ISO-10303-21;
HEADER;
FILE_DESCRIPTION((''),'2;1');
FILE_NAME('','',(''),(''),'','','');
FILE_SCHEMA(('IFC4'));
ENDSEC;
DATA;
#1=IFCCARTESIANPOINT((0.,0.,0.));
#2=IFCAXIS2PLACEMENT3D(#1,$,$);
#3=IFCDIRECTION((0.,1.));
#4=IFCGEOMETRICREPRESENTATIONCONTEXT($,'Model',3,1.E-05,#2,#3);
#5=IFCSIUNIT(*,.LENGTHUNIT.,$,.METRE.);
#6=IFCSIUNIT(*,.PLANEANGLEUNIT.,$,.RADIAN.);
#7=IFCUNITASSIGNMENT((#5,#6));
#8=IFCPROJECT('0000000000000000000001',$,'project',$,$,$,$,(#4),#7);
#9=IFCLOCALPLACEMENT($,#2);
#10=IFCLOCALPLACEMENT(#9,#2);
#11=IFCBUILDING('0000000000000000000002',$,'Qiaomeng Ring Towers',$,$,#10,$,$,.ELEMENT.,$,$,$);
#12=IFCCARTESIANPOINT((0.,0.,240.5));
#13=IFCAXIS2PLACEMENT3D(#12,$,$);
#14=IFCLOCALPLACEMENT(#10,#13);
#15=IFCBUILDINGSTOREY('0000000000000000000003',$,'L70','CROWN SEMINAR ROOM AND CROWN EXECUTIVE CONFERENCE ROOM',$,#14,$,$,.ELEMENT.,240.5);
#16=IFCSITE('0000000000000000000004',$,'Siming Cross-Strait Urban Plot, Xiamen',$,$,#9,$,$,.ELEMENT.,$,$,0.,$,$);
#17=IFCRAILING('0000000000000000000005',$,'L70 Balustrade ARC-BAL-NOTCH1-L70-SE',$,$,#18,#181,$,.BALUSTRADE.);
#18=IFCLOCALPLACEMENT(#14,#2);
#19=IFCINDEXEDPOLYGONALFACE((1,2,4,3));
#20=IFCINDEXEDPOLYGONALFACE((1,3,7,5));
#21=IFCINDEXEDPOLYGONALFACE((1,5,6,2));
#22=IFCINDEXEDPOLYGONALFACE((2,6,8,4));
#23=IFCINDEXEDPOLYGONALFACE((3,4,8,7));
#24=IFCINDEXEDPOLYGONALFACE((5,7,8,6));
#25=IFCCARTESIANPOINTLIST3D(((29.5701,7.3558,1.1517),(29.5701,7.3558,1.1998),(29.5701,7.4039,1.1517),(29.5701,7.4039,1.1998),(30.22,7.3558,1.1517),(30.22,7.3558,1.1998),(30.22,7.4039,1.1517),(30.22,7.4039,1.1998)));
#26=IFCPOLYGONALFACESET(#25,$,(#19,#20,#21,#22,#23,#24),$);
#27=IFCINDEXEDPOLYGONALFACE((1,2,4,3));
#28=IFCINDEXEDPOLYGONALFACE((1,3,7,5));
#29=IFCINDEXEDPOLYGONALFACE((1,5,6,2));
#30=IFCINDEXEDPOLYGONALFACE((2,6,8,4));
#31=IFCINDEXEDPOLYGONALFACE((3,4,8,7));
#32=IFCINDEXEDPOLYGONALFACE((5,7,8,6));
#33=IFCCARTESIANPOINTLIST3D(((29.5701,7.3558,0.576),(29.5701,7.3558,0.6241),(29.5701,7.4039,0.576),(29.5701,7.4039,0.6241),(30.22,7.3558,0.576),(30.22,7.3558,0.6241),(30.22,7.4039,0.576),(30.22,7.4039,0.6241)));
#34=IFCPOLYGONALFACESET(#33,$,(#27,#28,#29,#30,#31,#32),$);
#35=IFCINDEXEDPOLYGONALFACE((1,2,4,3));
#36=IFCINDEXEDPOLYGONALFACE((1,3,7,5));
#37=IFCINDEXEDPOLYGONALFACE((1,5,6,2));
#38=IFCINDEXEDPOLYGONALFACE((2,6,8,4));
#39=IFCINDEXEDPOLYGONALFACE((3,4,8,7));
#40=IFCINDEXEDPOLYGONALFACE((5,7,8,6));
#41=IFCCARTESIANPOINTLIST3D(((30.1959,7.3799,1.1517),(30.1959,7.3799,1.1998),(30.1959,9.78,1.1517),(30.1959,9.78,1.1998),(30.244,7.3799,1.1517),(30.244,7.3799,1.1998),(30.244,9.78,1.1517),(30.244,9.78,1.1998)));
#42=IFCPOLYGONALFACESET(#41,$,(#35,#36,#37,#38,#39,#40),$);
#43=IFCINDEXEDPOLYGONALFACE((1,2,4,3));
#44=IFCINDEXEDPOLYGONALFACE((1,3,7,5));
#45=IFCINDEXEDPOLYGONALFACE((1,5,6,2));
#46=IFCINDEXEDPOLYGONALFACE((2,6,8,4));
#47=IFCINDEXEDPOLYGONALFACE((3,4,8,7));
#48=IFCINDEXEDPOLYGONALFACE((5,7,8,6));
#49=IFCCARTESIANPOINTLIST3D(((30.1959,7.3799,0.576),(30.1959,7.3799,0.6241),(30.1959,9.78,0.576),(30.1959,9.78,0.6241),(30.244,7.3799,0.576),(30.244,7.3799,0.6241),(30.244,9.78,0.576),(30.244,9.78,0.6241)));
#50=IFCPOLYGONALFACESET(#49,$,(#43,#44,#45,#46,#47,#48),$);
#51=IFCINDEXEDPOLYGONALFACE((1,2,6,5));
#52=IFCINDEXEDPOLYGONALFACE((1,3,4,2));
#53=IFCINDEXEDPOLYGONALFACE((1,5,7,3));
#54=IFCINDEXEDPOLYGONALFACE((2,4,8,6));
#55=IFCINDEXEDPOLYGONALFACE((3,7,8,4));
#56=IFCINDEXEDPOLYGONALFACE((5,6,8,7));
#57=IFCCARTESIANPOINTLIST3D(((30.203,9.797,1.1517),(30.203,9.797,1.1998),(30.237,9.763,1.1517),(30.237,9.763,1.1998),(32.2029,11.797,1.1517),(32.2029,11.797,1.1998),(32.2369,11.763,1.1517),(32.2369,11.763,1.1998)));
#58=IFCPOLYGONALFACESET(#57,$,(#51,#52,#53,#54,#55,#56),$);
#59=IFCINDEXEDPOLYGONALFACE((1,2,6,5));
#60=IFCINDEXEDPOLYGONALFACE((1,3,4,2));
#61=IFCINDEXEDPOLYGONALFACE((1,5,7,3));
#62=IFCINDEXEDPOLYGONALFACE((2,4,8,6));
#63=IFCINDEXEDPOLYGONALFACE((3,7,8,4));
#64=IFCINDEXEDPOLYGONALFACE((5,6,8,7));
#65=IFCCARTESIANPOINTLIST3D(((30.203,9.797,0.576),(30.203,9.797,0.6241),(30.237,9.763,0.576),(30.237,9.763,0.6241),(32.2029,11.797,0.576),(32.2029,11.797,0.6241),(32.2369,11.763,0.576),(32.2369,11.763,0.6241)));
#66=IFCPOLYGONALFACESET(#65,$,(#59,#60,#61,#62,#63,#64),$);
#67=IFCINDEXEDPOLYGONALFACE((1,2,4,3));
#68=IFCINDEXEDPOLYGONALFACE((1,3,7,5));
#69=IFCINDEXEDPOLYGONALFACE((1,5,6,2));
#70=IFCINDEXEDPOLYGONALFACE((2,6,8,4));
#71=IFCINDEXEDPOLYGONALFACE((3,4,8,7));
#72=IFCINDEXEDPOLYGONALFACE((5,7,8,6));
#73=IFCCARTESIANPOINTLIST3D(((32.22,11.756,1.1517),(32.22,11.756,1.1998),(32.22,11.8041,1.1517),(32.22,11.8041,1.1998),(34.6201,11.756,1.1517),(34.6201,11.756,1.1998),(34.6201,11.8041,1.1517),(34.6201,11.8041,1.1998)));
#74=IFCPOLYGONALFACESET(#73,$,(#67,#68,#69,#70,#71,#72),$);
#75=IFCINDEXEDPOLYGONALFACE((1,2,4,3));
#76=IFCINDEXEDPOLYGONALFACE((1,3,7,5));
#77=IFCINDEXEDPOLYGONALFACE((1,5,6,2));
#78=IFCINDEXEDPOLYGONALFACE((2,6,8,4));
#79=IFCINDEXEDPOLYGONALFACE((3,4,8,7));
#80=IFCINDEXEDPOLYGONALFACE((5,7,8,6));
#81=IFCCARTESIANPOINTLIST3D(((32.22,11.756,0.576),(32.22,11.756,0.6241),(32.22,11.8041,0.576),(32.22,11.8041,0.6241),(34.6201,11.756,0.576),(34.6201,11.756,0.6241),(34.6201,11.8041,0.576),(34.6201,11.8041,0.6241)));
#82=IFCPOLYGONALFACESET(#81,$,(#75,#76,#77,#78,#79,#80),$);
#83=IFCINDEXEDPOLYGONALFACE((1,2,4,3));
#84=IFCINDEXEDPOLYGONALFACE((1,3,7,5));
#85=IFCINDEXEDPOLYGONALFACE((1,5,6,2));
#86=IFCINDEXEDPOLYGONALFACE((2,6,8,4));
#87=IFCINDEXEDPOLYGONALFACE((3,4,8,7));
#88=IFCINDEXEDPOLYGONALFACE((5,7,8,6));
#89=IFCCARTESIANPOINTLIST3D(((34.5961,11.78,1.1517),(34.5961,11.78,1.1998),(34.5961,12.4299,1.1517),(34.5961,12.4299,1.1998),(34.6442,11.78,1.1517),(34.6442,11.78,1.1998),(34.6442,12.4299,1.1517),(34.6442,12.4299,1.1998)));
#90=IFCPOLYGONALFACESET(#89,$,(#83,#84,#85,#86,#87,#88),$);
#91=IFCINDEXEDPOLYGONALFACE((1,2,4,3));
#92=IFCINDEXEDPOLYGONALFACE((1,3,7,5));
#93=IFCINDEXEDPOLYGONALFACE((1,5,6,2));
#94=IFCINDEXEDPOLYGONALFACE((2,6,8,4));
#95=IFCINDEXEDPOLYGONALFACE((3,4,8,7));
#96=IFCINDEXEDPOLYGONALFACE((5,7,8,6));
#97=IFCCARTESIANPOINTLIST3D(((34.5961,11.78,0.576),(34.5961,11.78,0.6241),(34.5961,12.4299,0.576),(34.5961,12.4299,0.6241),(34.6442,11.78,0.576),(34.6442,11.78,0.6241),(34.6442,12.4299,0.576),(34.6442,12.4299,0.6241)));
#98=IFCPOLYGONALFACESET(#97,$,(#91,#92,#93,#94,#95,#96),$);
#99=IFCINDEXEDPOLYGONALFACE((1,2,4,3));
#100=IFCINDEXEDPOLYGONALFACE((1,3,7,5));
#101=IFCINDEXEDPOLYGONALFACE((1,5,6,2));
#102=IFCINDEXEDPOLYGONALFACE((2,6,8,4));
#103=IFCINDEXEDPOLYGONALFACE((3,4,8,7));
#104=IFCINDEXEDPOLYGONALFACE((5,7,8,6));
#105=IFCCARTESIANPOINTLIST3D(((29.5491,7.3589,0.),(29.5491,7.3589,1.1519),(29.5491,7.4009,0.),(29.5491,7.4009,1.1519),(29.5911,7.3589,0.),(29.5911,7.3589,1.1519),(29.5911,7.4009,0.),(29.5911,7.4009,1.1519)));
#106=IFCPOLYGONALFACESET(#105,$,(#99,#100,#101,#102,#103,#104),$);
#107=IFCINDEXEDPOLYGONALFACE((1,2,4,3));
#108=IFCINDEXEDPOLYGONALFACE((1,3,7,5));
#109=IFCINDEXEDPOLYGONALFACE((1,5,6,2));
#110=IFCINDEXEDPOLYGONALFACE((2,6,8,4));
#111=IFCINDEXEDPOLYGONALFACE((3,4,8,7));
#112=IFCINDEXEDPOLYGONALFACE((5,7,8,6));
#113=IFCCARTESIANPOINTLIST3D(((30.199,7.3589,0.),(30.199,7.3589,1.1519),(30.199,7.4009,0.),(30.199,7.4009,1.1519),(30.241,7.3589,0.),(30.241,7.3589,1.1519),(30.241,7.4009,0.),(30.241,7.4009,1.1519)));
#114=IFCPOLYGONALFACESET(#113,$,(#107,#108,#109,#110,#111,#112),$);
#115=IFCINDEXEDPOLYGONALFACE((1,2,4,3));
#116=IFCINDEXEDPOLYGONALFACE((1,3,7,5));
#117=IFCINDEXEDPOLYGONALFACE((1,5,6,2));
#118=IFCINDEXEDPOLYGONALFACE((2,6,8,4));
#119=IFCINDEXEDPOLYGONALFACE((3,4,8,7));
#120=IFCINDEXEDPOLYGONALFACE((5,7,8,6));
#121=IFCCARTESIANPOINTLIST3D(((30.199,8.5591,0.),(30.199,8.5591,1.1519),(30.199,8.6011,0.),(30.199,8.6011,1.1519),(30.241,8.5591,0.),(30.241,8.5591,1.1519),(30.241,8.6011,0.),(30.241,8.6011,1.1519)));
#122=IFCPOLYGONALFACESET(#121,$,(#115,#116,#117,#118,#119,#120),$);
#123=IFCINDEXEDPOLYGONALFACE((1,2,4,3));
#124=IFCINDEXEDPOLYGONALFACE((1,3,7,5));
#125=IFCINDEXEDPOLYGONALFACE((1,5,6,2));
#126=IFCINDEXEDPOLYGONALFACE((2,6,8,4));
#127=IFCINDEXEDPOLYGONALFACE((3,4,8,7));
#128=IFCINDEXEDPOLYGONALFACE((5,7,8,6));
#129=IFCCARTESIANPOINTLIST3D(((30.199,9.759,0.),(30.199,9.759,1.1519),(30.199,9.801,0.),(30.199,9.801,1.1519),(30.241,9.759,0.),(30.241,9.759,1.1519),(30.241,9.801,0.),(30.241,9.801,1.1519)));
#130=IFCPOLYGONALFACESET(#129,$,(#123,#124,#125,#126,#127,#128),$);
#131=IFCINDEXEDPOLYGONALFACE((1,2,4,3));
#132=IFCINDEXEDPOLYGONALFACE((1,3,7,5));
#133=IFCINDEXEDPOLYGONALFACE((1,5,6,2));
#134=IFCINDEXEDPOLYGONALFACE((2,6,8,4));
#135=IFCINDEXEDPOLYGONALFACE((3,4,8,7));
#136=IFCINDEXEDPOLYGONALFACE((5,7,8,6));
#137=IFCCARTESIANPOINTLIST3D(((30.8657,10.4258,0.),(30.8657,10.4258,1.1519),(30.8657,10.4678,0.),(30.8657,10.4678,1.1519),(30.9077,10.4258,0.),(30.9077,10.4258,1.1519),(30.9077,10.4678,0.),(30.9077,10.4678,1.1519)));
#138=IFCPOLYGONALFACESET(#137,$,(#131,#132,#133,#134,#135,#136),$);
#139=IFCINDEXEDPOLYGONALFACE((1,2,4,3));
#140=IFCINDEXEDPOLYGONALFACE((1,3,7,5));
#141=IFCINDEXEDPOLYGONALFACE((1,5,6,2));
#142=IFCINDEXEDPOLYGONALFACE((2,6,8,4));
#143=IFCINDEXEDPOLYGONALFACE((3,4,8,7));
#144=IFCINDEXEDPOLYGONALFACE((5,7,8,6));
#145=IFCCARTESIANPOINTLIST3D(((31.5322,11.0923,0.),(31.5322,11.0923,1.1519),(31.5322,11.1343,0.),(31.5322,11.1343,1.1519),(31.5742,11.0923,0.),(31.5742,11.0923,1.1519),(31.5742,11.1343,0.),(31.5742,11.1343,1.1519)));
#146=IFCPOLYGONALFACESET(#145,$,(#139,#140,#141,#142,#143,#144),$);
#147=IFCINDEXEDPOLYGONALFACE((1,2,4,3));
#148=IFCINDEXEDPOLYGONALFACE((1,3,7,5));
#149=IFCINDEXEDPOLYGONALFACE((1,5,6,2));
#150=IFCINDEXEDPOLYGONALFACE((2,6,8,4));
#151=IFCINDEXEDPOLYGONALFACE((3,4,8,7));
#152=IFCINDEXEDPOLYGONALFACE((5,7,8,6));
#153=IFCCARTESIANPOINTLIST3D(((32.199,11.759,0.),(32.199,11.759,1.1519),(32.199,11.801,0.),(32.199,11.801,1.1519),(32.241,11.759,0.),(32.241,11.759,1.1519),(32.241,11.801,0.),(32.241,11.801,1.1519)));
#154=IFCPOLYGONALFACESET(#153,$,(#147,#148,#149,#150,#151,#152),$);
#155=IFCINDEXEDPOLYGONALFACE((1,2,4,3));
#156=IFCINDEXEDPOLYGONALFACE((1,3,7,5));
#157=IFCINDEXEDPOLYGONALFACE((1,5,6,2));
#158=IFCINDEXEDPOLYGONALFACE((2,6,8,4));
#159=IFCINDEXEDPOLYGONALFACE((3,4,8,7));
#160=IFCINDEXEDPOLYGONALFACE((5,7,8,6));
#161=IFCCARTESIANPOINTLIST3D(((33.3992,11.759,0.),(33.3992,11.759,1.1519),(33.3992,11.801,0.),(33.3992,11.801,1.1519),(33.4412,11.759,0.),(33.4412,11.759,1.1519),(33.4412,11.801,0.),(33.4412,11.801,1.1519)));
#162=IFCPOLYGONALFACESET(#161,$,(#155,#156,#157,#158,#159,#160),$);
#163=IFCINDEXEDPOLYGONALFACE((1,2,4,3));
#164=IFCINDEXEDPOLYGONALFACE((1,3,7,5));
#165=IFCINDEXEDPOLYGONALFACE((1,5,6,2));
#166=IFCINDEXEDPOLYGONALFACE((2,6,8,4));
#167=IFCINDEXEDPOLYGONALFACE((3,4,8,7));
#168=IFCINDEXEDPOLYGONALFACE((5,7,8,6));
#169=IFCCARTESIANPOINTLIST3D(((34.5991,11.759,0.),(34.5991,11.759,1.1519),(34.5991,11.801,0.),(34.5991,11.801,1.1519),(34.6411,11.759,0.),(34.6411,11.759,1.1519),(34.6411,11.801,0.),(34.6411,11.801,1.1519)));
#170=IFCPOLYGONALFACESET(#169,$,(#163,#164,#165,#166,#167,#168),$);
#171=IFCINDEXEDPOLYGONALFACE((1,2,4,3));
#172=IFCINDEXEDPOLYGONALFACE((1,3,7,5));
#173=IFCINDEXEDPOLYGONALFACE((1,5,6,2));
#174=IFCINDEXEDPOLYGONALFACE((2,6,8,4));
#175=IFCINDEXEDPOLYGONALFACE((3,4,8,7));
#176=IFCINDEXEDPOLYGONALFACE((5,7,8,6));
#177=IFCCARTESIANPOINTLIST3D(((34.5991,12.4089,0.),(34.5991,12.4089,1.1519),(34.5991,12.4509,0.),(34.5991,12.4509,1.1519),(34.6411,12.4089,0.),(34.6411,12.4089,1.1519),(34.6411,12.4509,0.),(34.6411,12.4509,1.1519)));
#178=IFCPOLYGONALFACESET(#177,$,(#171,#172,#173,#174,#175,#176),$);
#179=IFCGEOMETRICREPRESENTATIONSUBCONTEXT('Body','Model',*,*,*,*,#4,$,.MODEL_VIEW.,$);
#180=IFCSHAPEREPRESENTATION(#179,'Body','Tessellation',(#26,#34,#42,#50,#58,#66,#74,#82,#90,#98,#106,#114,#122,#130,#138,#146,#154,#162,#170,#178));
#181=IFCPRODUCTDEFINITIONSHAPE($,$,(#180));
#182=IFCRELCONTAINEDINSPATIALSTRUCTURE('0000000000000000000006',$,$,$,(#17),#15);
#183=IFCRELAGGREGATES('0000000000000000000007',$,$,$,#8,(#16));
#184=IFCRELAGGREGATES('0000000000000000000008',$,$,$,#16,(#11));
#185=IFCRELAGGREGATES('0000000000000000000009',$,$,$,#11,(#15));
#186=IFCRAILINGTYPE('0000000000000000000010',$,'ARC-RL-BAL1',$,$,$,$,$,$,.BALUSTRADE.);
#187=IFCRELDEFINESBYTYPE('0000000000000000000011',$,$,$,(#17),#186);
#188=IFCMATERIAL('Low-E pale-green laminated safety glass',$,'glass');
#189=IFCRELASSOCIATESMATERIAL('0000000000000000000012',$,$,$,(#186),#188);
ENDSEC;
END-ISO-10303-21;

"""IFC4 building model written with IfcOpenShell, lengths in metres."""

from ifc_helpers import new_model, si_unit, direction, frame, origin, origin_2d, place, context, subcontext, project, spatial, rectangle, extrude, material, type_object, element, save


model = new_model("IFC4")

# Units and contexts
model_context = context("Model", 3, precision=1e-05, world=origin(), true_north=direction((0.0, 1.0)))
body_context = subcontext(model_context, "Body", "Model", "MODEL_VIEW")
ifc_project = project(units=[si_unit("LENGTHUNIT", "METRE"), si_unit("PLANEANGLEUNIT", "RADIAN")], contexts=[model_context])

# Site, building, storey
site_placement = place(None, origin())
site = spatial("IfcSite", under=ifc_project, at=site_placement, Name="Siming Cross-Strait Urban Plot, Xiamen", CompositionType="ELEMENT", RefElevation=0.0)
building_placement = place(site_placement, origin())
building = spatial("IfcBuilding", under=site, at=building_placement, Name="Qiaomeng Ring Towers", CompositionType="ELEMENT")
storey_placement = place(building_placement, frame((0.0, 0.0, 240.5)))
storey = spatial("IfcBuildingStorey", under=building, at=storey_placement, Name="L70", Description="CROWN SEMINAR ROOM AND CROWN EXECUTIVE CONFERENCE ROOM", CompositionType="ELEMENT", Elevation=240.5)

# Railing
ifc_material_1 = material(Name="Low-E pale-green laminated safety glass", Category="glass")
railing_type = type_object("IfcRailingType", Name="ARC-RL-BAL1", PredefinedType="BALUSTRADE", material=ifc_material_1)
railing_placement = place(storey_placement, frame((29.5701, 7.3799, 0.0)))
element("IfcRailing", 1, at=railing_placement, inside=storey, type_object=railing_type, Name="L70 Balustrade ARC-BAL-NOTCH1-L70-SE", PredefinedType="BALUSTRADE", context=body_context, shape_type="SweptSolid", body=[
    extrude(rectangle(XDim=0.0481, YDim=0.0481, at=origin_2d()), frame((0.0, 0.0, 1.1758), z_axis=(1.0, 0.0, 0.0), x_axis=(0.0, 1.0, 0.0)), (0.0, 0.0, 1.0), 0.6499),
    extrude(rectangle(XDim=0.0481, YDim=0.0481, at=origin_2d()), frame((0.0, 0.0, 0.6001), z_axis=(1.0, 0.0, 0.0), x_axis=(0.0, 1.0, 0.0)), (0.0, 0.0, 1.0), 0.6499),
    extrude(rectangle(XDim=0.0481, YDim=0.0481, at=origin_2d()), frame((0.6499, 0.0, 1.1758), z_axis=(0.0, 1.0, 0.0), x_axis=(-1.0, 0.0, 0.0)), (0.0, 0.0, 1.0), 2.4001),
    extrude(rectangle(XDim=0.0481, YDim=0.0481, at=origin_2d()), frame((0.6499, 0.0, 0.6001), z_axis=(0.0, 1.0, 0.0), x_axis=(-1.0, 0.0, 0.0)), (0.0, 0.0, 1.0), 2.4001),
    extrude(rectangle(XDim=0.0481, YDim=0.0481, at=origin_2d()), frame((0.6499, 2.4001, 1.1758), z_axis=(0.707107, 0.707107, 0.0), x_axis=(-0.707107, 0.707107, 0.0)), (0.0, 0.0, 1.0), 2.8284),
    extrude(rectangle(XDim=0.0481, YDim=0.0481, at=origin_2d()), frame((0.6499, 2.4001, 0.6001), z_axis=(0.707107, 0.707107, 0.0), x_axis=(-0.707107, 0.707107, 0.0)), (0.0, 0.0, 1.0), 2.8284),
    extrude(rectangle(XDim=0.0481, YDim=0.0481, at=origin_2d()), frame((2.6499, 4.4001, 1.1758), z_axis=(1.0, 0.0, 0.0), x_axis=(0.0, 1.0, 0.0)), (0.0, 0.0, 1.0), 2.4001),
    extrude(rectangle(XDim=0.0481, YDim=0.0481, at=origin_2d()), frame((2.6499, 4.4001, 0.6001), z_axis=(1.0, 0.0, 0.0), x_axis=(0.0, 1.0, 0.0)), (0.0, 0.0, 1.0), 2.4001),
    extrude(rectangle(XDim=0.0481, YDim=0.0481, at=origin_2d()), frame((5.05, 4.4001, 1.1758), z_axis=(0.0, 1.0, 0.0), x_axis=(-1.0, 0.0, 0.0)), (0.0, 0.0, 1.0), 0.6499),
    extrude(rectangle(XDim=0.0481, YDim=0.0481, at=origin_2d()), frame((5.05, 4.4001, 0.6001), z_axis=(0.0, 1.0, 0.0), x_axis=(-1.0, 0.0, 0.0)), (0.0, 0.0, 1.0), 0.6499),
    extrude(rectangle(XDim=0.042, YDim=0.042, at=origin_2d()), origin(), (0.0, 0.0, 1.0), 1.1519),
    extrude(rectangle(XDim=0.042, YDim=0.042, at=origin_2d()), frame((0.6499, 0.0, 0.0)), (0.0, 0.0, 1.0), 1.1519),
    extrude(rectangle(XDim=0.042, YDim=0.042, at=origin_2d()), frame((0.6499, 1.2002, 0.0)), (0.0, 0.0, 1.0), 1.1519),
    extrude(rectangle(XDim=0.042, YDim=0.042, at=origin_2d()), frame((0.6499, 2.4001, 0.0)), (0.0, 0.0, 1.0), 1.1519),
    extrude(rectangle(XDim=0.042, YDim=0.042, at=origin_2d()), frame((1.3167, 3.0669, 0.0)), (0.0, 0.0, 1.0), 1.1519),
    extrude(rectangle(XDim=0.042, YDim=0.042, at=origin_2d()), frame((1.9832, 3.7334, 0.0)), (0.0, 0.0, 1.0), 1.1519),
    extrude(rectangle(XDim=0.042, YDim=0.042, at=origin_2d()), frame((2.6499, 4.4001, 0.0)), (0.0, 0.0, 1.0), 1.1519),
    extrude(rectangle(XDim=0.042, YDim=0.042, at=origin_2d()), frame((3.8501, 4.4001, 0.0)), (0.0, 0.0, 1.0), 1.1519),
    extrude(rectangle(XDim=0.042, YDim=0.042, at=origin_2d()), frame((5.05, 4.4001, 0.0)), (0.0, 0.0, 1.0), 1.1519),
    extrude(rectangle(XDim=0.042, YDim=0.042, at=origin_2d()), frame((5.05, 5.05, 0.0)), (0.0, 0.0, 1.0), 1.1519),
])

save(model, "model.ifc")
